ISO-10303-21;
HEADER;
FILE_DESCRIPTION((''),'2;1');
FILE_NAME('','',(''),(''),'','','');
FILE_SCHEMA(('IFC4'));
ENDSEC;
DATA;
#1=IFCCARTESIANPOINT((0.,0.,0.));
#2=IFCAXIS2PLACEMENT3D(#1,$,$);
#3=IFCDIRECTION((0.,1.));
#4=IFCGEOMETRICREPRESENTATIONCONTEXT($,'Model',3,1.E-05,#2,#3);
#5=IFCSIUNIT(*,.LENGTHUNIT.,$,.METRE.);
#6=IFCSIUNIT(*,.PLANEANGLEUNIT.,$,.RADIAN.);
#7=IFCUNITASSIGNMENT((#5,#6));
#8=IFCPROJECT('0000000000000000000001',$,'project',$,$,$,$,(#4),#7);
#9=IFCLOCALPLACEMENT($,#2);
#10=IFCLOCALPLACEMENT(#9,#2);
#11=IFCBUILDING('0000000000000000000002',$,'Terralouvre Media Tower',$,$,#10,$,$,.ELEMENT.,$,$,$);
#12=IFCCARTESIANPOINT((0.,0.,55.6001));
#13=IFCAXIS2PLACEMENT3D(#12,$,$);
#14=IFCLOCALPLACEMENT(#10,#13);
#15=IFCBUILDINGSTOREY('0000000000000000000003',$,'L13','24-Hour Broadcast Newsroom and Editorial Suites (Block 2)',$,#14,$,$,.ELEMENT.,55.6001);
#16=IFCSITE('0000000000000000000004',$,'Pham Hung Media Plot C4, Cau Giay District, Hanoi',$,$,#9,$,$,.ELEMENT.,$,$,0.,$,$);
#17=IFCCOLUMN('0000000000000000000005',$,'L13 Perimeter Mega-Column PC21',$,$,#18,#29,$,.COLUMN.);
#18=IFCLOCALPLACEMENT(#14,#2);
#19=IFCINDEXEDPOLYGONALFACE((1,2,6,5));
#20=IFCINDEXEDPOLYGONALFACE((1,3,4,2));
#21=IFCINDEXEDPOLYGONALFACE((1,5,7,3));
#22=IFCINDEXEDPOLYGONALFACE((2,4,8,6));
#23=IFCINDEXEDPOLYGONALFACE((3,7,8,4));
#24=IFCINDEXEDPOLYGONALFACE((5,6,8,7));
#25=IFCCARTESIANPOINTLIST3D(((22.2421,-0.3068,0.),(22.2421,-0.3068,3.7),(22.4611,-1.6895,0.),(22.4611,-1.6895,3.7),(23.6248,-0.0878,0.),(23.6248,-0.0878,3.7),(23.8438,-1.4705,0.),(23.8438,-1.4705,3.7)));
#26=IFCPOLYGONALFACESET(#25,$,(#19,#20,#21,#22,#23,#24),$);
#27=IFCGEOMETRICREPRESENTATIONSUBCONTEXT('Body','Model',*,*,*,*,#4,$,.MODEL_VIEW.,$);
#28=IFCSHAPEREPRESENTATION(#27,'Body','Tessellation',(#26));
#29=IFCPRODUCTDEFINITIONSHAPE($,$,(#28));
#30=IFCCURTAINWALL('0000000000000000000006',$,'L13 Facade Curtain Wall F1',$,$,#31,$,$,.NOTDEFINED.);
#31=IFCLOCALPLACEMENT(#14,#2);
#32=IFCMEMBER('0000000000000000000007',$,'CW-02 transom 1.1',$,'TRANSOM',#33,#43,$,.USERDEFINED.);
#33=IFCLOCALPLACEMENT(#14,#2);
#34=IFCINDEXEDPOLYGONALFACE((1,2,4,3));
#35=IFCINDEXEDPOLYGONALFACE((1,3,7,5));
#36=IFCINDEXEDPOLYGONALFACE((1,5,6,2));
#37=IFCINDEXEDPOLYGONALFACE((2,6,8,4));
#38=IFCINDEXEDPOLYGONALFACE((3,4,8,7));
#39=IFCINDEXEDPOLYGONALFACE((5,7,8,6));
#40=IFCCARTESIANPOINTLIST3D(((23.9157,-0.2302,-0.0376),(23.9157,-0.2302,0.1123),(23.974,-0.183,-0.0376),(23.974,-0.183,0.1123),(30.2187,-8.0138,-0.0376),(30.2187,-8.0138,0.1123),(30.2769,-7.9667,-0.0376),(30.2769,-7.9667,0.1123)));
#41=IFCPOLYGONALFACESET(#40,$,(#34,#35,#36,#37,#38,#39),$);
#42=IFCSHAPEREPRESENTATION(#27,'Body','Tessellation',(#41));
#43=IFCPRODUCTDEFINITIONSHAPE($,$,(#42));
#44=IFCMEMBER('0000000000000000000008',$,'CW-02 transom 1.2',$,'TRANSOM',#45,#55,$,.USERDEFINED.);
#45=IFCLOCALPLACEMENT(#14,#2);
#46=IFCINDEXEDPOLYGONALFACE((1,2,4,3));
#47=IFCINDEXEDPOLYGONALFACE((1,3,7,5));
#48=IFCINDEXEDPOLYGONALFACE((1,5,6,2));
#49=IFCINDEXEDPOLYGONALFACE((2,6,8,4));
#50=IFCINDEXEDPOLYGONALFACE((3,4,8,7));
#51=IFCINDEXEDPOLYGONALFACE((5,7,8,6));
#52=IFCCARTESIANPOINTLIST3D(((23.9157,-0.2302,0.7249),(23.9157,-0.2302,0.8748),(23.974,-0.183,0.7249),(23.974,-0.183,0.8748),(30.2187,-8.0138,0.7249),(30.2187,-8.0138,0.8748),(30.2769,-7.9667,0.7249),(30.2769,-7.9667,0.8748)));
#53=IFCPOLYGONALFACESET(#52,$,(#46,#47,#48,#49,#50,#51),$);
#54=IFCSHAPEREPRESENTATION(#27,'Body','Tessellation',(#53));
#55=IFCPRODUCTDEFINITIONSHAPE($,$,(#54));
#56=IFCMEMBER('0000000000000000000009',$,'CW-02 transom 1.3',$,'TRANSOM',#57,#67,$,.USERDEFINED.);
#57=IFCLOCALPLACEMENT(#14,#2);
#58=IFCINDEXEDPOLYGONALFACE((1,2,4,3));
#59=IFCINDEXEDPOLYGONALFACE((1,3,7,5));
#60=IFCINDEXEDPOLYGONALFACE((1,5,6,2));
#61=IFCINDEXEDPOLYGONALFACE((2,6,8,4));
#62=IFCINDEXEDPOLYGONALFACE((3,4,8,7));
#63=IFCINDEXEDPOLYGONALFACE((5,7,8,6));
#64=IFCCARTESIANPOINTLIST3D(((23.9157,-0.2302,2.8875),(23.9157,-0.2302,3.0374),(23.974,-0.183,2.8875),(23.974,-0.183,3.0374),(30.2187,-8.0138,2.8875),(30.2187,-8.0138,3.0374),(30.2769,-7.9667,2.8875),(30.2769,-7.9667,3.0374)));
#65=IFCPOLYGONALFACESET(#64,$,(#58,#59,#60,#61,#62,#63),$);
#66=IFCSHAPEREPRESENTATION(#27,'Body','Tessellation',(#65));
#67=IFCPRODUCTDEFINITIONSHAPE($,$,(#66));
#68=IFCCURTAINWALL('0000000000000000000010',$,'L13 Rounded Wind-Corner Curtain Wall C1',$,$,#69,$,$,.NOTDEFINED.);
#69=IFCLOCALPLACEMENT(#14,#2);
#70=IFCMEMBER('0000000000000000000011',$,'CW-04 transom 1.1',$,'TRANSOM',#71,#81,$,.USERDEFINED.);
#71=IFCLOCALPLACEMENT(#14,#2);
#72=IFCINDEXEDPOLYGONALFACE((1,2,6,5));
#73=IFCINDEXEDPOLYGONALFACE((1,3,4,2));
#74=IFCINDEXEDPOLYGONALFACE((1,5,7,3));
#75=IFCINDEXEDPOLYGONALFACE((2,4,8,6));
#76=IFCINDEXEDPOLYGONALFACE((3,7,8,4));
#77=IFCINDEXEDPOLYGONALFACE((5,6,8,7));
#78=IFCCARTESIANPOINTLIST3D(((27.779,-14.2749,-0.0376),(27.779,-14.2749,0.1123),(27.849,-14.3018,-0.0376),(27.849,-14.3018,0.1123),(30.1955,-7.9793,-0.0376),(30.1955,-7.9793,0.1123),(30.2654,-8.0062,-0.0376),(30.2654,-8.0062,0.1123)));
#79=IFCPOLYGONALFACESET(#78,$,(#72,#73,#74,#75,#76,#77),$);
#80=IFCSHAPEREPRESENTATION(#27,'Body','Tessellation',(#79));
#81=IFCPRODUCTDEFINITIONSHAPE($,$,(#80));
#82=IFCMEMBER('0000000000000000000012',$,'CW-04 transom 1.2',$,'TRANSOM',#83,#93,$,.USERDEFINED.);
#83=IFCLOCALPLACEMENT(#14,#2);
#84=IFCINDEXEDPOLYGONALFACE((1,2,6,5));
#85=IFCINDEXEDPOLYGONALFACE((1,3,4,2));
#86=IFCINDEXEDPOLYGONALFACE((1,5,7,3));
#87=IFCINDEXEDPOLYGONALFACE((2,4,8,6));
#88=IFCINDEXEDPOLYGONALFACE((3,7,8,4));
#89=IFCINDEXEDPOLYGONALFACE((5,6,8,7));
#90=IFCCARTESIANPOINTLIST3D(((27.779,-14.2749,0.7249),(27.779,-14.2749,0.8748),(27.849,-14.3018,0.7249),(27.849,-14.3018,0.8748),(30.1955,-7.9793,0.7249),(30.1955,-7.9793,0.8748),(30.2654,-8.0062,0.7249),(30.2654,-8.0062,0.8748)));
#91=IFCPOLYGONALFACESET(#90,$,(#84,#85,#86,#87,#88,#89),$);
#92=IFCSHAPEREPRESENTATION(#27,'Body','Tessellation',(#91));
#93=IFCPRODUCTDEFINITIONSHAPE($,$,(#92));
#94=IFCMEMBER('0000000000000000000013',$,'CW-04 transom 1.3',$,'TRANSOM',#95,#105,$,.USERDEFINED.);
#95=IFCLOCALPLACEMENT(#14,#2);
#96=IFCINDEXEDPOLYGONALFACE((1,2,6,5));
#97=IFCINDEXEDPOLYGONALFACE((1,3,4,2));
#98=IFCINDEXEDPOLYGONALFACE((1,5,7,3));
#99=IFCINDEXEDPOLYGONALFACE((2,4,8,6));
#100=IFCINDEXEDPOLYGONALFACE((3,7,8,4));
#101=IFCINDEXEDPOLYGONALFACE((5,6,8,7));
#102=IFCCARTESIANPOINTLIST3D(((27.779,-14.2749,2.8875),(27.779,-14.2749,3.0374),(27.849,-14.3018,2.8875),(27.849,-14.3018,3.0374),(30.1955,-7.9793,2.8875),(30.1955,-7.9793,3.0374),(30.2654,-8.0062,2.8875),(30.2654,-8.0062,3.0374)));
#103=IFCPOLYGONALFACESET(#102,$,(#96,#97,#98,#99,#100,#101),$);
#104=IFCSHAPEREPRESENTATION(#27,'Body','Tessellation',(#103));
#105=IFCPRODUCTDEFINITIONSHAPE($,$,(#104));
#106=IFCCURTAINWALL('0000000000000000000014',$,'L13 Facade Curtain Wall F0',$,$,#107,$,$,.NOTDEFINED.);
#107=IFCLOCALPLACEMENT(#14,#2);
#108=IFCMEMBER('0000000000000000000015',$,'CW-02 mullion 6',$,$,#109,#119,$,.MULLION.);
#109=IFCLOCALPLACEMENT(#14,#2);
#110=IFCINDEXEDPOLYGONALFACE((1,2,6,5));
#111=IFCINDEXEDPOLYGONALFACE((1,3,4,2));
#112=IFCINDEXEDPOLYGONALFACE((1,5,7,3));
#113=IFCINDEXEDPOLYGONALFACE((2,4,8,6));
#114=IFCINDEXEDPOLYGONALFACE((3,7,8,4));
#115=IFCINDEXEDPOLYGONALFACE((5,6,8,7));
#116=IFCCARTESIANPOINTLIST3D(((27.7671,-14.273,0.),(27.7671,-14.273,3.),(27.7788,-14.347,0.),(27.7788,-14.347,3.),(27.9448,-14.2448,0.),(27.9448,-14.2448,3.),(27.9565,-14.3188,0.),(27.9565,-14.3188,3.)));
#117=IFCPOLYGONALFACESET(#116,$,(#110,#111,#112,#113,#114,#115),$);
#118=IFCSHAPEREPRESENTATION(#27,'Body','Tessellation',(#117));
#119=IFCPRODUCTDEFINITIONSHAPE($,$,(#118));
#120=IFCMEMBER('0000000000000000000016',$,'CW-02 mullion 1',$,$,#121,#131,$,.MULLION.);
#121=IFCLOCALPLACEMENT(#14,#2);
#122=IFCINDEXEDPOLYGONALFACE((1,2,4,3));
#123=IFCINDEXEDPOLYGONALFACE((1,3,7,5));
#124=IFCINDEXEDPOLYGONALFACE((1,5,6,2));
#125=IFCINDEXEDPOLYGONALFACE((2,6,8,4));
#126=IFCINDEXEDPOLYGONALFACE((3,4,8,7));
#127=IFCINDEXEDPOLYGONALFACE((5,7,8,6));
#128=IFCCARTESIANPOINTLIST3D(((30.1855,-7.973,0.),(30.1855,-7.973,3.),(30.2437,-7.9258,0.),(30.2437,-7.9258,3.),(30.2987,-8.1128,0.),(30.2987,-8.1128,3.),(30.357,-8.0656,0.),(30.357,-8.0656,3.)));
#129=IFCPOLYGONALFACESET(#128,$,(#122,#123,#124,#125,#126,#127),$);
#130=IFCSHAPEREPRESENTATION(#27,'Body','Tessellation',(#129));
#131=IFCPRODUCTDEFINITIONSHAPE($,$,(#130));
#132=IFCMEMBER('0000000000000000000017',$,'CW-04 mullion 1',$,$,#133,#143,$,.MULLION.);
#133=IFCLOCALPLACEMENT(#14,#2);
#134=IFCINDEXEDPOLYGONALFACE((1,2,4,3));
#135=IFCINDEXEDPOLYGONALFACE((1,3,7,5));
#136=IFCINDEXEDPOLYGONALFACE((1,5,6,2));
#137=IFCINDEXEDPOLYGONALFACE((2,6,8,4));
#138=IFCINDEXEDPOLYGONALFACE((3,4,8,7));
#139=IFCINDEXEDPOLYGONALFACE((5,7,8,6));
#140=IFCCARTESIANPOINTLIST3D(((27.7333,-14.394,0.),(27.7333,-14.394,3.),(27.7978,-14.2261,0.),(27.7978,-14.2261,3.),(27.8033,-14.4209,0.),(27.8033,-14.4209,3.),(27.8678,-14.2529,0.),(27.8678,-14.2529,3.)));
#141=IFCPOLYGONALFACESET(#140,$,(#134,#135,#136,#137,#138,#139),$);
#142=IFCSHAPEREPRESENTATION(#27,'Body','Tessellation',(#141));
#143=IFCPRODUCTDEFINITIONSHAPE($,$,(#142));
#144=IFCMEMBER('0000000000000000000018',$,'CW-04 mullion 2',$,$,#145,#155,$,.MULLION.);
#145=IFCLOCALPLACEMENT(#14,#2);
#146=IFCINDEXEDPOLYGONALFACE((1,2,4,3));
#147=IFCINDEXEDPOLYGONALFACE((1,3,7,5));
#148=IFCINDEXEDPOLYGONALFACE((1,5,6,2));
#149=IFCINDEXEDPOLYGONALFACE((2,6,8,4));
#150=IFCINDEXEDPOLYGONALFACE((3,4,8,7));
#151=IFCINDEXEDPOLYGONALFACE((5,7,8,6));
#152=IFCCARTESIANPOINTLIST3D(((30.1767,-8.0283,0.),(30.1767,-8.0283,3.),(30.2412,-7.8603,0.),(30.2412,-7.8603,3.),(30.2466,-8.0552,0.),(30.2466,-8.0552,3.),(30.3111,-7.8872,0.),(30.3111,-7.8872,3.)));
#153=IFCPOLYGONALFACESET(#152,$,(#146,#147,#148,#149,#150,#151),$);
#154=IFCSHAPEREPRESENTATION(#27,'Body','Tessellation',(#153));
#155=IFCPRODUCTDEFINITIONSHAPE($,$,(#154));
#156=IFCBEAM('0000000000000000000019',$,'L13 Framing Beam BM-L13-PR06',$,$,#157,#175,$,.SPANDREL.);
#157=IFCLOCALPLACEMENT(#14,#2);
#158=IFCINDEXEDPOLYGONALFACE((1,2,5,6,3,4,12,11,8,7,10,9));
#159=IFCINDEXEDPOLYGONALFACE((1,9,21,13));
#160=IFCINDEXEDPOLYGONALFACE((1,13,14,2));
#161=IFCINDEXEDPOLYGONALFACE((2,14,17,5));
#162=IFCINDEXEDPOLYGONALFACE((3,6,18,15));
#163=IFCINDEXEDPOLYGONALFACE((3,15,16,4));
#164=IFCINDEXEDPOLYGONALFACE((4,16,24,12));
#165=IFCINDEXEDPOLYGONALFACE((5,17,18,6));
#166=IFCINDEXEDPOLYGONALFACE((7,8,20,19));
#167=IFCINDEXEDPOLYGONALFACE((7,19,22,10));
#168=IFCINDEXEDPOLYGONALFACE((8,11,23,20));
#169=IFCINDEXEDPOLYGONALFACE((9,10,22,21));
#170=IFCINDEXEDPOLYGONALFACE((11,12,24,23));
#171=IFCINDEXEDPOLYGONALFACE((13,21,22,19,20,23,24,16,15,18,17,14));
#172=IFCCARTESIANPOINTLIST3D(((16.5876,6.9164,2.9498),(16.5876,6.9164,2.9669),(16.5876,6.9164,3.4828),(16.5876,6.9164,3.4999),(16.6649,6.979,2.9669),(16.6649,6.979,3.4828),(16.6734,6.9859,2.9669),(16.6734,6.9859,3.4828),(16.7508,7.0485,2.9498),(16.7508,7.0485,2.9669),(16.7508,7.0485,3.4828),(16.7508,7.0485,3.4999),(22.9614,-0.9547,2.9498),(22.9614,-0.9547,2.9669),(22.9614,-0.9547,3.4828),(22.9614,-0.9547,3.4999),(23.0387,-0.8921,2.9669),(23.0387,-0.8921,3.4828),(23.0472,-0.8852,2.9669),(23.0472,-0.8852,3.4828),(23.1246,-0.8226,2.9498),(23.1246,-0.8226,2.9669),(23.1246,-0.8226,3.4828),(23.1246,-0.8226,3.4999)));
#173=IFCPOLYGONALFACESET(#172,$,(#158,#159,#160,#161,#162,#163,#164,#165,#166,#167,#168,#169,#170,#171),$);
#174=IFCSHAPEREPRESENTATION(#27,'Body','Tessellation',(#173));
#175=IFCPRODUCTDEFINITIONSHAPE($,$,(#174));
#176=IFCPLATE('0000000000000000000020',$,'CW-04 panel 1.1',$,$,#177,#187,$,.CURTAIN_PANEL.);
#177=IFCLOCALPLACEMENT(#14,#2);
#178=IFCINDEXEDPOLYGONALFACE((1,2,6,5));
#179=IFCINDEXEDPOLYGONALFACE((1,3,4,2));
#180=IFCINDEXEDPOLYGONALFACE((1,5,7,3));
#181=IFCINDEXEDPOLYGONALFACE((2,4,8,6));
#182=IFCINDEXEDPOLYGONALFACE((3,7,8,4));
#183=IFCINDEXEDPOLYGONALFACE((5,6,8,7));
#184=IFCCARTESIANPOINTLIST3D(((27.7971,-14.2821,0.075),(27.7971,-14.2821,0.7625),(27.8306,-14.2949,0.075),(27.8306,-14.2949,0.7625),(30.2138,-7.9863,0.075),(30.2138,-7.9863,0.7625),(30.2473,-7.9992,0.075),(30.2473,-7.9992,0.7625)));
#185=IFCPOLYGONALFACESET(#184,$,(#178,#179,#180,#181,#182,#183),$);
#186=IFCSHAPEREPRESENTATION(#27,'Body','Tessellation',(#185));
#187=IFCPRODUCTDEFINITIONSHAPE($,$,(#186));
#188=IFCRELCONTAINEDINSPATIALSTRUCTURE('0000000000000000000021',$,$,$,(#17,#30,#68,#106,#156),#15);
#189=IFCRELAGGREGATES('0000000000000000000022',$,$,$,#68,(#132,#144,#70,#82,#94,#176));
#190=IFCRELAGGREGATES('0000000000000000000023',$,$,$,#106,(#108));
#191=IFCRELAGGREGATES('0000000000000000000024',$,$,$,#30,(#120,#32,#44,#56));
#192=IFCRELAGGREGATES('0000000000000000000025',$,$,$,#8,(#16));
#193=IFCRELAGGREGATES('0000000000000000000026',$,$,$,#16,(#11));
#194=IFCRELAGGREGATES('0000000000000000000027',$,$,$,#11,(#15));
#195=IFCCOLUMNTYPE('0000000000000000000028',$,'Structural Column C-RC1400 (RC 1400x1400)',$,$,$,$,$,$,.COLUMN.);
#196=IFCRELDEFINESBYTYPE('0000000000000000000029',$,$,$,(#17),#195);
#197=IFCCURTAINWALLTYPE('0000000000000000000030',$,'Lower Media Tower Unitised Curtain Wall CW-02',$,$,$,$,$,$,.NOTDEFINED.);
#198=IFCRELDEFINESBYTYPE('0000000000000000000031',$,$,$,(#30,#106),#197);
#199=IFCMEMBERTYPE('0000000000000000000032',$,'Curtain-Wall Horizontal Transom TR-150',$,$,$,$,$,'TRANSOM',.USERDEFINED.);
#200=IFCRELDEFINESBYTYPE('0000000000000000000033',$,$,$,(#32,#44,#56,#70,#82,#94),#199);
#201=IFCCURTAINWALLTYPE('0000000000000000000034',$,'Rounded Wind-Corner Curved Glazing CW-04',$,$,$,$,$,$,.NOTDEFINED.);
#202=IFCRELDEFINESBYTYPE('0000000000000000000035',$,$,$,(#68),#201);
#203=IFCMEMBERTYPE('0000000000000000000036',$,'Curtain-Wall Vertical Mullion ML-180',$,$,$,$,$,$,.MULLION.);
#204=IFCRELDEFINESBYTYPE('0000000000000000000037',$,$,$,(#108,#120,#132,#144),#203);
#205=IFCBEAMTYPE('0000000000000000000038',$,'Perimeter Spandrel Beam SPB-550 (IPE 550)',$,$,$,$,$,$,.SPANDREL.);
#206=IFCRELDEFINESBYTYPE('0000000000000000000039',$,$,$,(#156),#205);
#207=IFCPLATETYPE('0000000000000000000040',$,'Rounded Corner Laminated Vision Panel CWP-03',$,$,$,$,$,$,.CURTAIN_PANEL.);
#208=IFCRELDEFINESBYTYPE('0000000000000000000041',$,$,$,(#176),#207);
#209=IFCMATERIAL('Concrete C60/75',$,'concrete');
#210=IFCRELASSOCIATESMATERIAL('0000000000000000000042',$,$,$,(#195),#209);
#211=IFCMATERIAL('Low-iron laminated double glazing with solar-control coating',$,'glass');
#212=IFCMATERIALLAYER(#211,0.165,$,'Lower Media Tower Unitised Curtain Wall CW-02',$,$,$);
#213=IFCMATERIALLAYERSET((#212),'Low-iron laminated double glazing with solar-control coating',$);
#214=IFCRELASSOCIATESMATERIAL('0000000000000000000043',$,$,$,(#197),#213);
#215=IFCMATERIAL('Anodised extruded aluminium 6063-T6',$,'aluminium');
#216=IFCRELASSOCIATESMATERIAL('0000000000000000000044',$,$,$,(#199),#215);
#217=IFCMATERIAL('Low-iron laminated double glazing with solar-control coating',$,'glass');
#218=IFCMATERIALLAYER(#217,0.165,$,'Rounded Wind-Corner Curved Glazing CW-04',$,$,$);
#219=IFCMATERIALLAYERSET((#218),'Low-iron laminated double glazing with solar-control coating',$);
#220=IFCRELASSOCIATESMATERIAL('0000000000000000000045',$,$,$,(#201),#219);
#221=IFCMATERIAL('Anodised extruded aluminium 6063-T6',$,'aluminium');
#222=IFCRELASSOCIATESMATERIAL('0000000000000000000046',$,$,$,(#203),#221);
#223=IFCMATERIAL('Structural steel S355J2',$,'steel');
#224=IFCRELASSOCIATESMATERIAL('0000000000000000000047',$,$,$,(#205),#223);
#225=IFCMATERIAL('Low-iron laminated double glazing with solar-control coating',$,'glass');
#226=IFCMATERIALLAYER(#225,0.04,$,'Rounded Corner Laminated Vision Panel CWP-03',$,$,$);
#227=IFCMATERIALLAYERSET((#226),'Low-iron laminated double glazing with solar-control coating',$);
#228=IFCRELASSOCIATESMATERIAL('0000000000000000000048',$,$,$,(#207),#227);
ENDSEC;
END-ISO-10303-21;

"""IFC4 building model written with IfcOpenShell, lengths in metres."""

from ifc_helpers import new_model, si_unit, direction, frame, origin, origin_2d, place, context, subcontext, project, spatial, rectangle, i_section, extrude, material, layer, layer_set, material_profile, profile_set, type_object, element, aggregate, save


model = new_model("IFC4")

# Units and contexts
model_context = context("Model", 3, precision=1e-05, world=origin(), true_north=direction((0.0, 1.0)))
body_context = subcontext(model_context, "Body", "Model", "MODEL_VIEW")
ifc_project = project(units=[si_unit("LENGTHUNIT", "METRE"), si_unit("PLANEANGLEUNIT", "RADIAN")], contexts=[model_context])

# Site, building, storey
site_placement = place(None, origin())
site = spatial("IfcSite", under=ifc_project, at=site_placement, Name="Pham Hung Media Plot C4, Cau Giay District, Hanoi", CompositionType="ELEMENT", RefElevation=0.0)
building_placement = place(site_placement, origin())
building = spatial("IfcBuilding", under=site, at=building_placement, Name="Terralouvre Media Tower", CompositionType="ELEMENT")
storey_placement = place(building_placement, frame((0.0, 0.0, 55.6001)))
storey = spatial("IfcBuildingStorey", under=building, at=storey_placement, Name="L13", Description="24-Hour Broadcast Newsroom and Editorial Suites (Block 2)", CompositionType="ELEMENT", Elevation=55.6001)

# Column
ifc_material_1 = material(Name="Concrete C60/75", Category="concrete")
ifc_material_profile_1 = material_profile(ifc_material_1, rectangle(XDim=1.3999, YDim=1.3999, at=origin_2d()), Name="RC 1400x1400")
ifc_profile_set_1 = profile_set([ifc_material_profile_1], Name="Concrete C60/75")
column_type = type_object("IfcColumnType", Name="Structural Column C-RC1400 (RC 1400x1400)", PredefinedType="COLUMN", material=ifc_profile_set_1)
column_placement = place(storey_placement, frame((23.043, -0.8887, 0.0), z_axis=(0.0, 0.0, 1.0), x_axis=(0.987688, 0.156434, 0.0)))
element("IfcColumn", 1, at=column_placement, inside=storey, type_object=column_type, Name="L13 Perimeter Mega-Column PC21", PredefinedType="COLUMN", context=body_context, shape_type="SweptSolid", body=[
    extrude(rectangle(XDim=1.3999, YDim=1.3999, at=origin_2d()), origin(), (0.0, 0.0, 1.0), 3.7),
])

# Curtain walls, members
ifc_material_2 = material(Name="Low-iron laminated double glazing with solar-control coating", Category="glass")
ifc_layer_1 = layer(ifc_material_2, 0.165, Name="Lower Media Tower Unitised Curtain Wall CW-02")
ifc_layer_set_1 = layer_set([ifc_layer_1], Name="Low-iron laminated double glazing with solar-control coating")
curtain_wall_type_1 = type_object("IfcCurtainWallType", Name="Lower Media Tower Unitised Curtain Wall CW-02", PredefinedType="NOTDEFINED", material=ifc_layer_set_1)
curtain_wall_1_placement = place(storey_placement, origin())
curtain_wall_1 = element("IfcCurtainWall", 2, at=curtain_wall_1_placement, inside=storey, type_object=curtain_wall_type_1, Name="L13 Facade Curtain Wall F1", PredefinedType="NOTDEFINED")
ifc_material_3 = material(Name="Anodised extruded aluminium 6063-T6", Category="aluminium")
ifc_material_profile_2 = material_profile(ifc_material_3, rectangle(XDim=0.075, YDim=0.1499, at=origin_2d()), Name="ALU 75x150")
ifc_profile_set_2 = profile_set([ifc_material_profile_2], Name="Anodised extruded aluminium 6063-T6")
member_type_1 = type_object("IfcMemberType", Name="Curtain-Wall Horizontal Transom TR-150", ElementType="TRANSOM", PredefinedType="USERDEFINED", material=ifc_profile_set_2)
member_1_placement = place(storey_placement, frame((30.2478, -7.9902, 0.0374), z_axis=(-0.629313, 0.777152, 0.0), x_axis=(-0.777152, -0.629313, 0.0)))
member_1 = element("IfcMember", 3, at=member_1_placement, type_object=member_type_1, Name="CW-02 transom 1.1", ObjectType="TRANSOM", PredefinedType="USERDEFINED", context=body_context, shape_type="SweptSolid", body=[
    extrude(rectangle(XDim=0.075, YDim=0.1499, at=origin_2d()), origin(), (0.0, 0.0, 1.0), 10.0156),
])
member_2_placement = place(storey_placement, frame((30.2478, -7.9902, 0.7998), z_axis=(-0.629313, 0.777152, 0.0), x_axis=(-0.777152, -0.629313, 0.0)))
member_2 = element("IfcMember", 4, at=member_2_placement, type_object=member_type_1, Name="CW-02 transom 1.2", ObjectType="TRANSOM", PredefinedType="USERDEFINED", context=body_context, shape_type="SweptSolid", body=[
    extrude(rectangle(XDim=0.075, YDim=0.1499, at=origin_2d()), origin(), (0.0, 0.0, 1.0), 10.0156),
])
member_3_placement = place(storey_placement, frame((30.2478, -7.9902, 2.9624), z_axis=(-0.629313, 0.777152, 0.0), x_axis=(-0.777152, -0.629313, 0.0)))
member_3 = element("IfcMember", 5, at=member_3_placement, type_object=member_type_1, Name="CW-02 transom 1.3", ObjectType="TRANSOM", PredefinedType="USERDEFINED", context=body_context, shape_type="SweptSolid", body=[
    extrude(rectangle(XDim=0.075, YDim=0.1499, at=origin_2d()), origin(), (0.0, 0.0, 1.0), 10.0156),
])
ifc_material_4 = material(Name="Low-iron laminated double glazing with solar-control coating", Category="glass")
ifc_layer_2 = layer(ifc_material_4, 0.165, Name="Rounded Wind-Corner Curved Glazing CW-04")
ifc_layer_set_2 = layer_set([ifc_layer_2], Name="Low-iron laminated double glazing with solar-control coating")
curtain_wall_type_2 = type_object("IfcCurtainWallType", Name="Rounded Wind-Corner Curved Glazing CW-04", PredefinedType="NOTDEFINED", material=ifc_layer_set_2)
curtain_wall_2_placement = place(storey_placement, origin())
curtain_wall_2 = element("IfcCurtainWall", 6, at=curtain_wall_2_placement, inside=storey, type_object=curtain_wall_type_2, Name="L13 Rounded Wind-Corner Curtain Wall C1", PredefinedType="NOTDEFINED")
member_4_placement = place(storey_placement, frame((27.814, -14.2883, 0.0374), z_axis=(0.358346, 0.933589, 0.0), x_axis=(-0.933589, 0.358346, 0.0)))
member_4 = element("IfcMember", 7, at=member_4_placement, type_object=member_type_1, Name="CW-04 transom 1.1", ObjectType="TRANSOM", PredefinedType="USERDEFINED", context=body_context, shape_type="SweptSolid", body=[
    extrude(rectangle(XDim=0.075, YDim=0.1499, at=origin_2d()), origin(), (0.0, 0.0, 1.0), 6.7434),
])
member_5_placement = place(storey_placement, frame((27.814, -14.2883, 0.7998), z_axis=(0.358346, 0.933589, 0.0), x_axis=(-0.933589, 0.358346, 0.0)))
member_5 = element("IfcMember", 8, at=member_5_placement, type_object=member_type_1, Name="CW-04 transom 1.2", ObjectType="TRANSOM", PredefinedType="USERDEFINED", context=body_context, shape_type="SweptSolid", body=[
    extrude(rectangle(XDim=0.075, YDim=0.1499, at=origin_2d()), origin(), (0.0, 0.0, 1.0), 6.7434),
])
member_6_placement = place(storey_placement, frame((27.814, -14.2883, 2.9624), z_axis=(0.358346, 0.933589, 0.0), x_axis=(-0.933589, 0.358346, 0.0)))
member_6 = element("IfcMember", 9, at=member_6_placement, type_object=member_type_1, Name="CW-04 transom 1.3", ObjectType="TRANSOM", PredefinedType="USERDEFINED", context=body_context, shape_type="SweptSolid", body=[
    extrude(rectangle(XDim=0.075, YDim=0.1499, at=origin_2d()), origin(), (0.0, 0.0, 1.0), 6.7434),
])

# Curtain wall, member
curtain_wall_3_placement = place(storey_placement, origin())
curtain_wall_3 = element("IfcCurtainWall", 10, at=curtain_wall_3_placement, inside=storey, type_object=curtain_wall_type_1, Name="L13 Facade Curtain Wall F0", PredefinedType="NOTDEFINED")
ifc_material_5 = material(Name="Anodised extruded aluminium 6063-T6", Category="aluminium")
ifc_material_profile_3 = material_profile(ifc_material_5, rectangle(XDim=0.075, YDim=0.1799, at=origin_2d()), Name="ALU 75x180")
ifc_profile_set_3 = profile_set([ifc_material_profile_3], Name="Anodised extruded aluminium 6063-T6")
member_type_2 = type_object("IfcMemberType", Name="Curtain-Wall Vertical Mullion ML-180", PredefinedType="MULLION", material=ifc_profile_set_3)
member_7_placement = place(storey_placement, frame((27.8618, -14.2959, 0.0), z_axis=(0.0, 0.0, 1.0), x_axis=(-0.156434, 0.987688, 0.0)))
member_7 = element("IfcMember", 11, at=member_7_placement, type_object=member_type_2, Name="CW-02 mullion 6", PredefinedType="MULLION", context=body_context, shape_type="SweptSolid", body=[
    extrude(rectangle(XDim=0.075, YDim=0.1799, at=origin_2d()), origin(), (0.0, 0.0, 1.0), 3.0),
])

# Members
member_8_placement = place(storey_placement, frame((30.2712, -8.0193, 0.0), z_axis=(0.0, 0.0, 1.0), x_axis=(-0.777146, -0.62932, 0.0)))
member_8 = element("IfcMember", 12, at=member_8_placement, type_object=member_type_2, Name="CW-02 mullion 1", PredefinedType="MULLION", context=body_context, shape_type="SweptSolid", body=[
    extrude(rectangle(XDim=0.075, YDim=0.1799, at=origin_2d()), origin(), (0.0, 0.0, 1.0), 3.0),
])
member_9_placement = place(storey_placement, frame((27.8005, -14.3235, 0.0), z_axis=(0.0, 0.0, 1.0), x_axis=(-0.933581, 0.358367, 0.0)))
member_9 = element("IfcMember", 13, at=member_9_placement, type_object=member_type_2, Name="CW-04 mullion 1", PredefinedType="MULLION", context=body_context, shape_type="SweptSolid", body=[
    extrude(rectangle(XDim=0.075, YDim=0.1799, at=origin_2d()), origin(), (0.0, 0.0, 1.0), 3.0),
])
member_10_placement = place(storey_placement, frame((30.2439, -7.9578, 0.0), z_axis=(0.0, 0.0, 1.0), x_axis=(-0.933581, 0.358367, 0.0)))
member_10 = element("IfcMember", 14, at=member_10_placement, type_object=member_type_2, Name="CW-04 mullion 2", PredefinedType="MULLION", context=body_context, shape_type="SweptSolid", body=[
    extrude(rectangle(XDim=0.075, YDim=0.1799, at=origin_2d()), origin(), (0.0, 0.0, 1.0), 3.0),
])

# Beam
ifc_material_6 = material(Name="Structural steel S355J2", Category="steel")
ifc_material_profile_4 = material_profile(ifc_material_6, i_section(OverallWidth=0.21, OverallDepth=0.55, WebThickness=0.011, FlangeThickness=0.0171, at=origin_2d()), Name="IPE 550")
ifc_profile_set_4 = profile_set([ifc_material_profile_4], Name="Structural steel S355J2")
beam_type = type_object("IfcBeamType", Name="Perimeter Spandrel Beam SPB-550 (IPE 550)", PredefinedType="SPANDREL", material=ifc_profile_set_4)
beam_placement = place(storey_placement, frame((23.043, -0.8887, 3.2249), z_axis=(-0.629314, 0.777151, 0.0), x_axis=(-0.777151, -0.629314, 0.0)))
element("IfcBeam", 15, at=beam_placement, inside=storey, type_object=beam_type, Name="L13 Framing Beam BM-L13-PR06", PredefinedType="SPANDREL", context=body_context, shape_type="SweptSolid", body=[
    extrude(i_section(OverallWidth=0.21, OverallDepth=0.55, WebThickness=0.011, FlangeThickness=0.0171, at=origin_2d()), origin(), (0.0, 0.0, 1.0), 10.1282),
])

# Plate
ifc_material_7 = material(Name="Low-iron laminated double glazing with solar-control coating", Category="glass")
ifc_layer_3 = layer(ifc_material_7, 0.04, Name="Rounded Corner Laminated Vision Panel CWP-03")
ifc_layer_set_3 = layer_set([ifc_layer_3], Name="Low-iron laminated double glazing with solar-control coating")
plate_type_1 = type_object("IfcPlateType", Name="Rounded Corner Laminated Vision Panel CWP-03", PredefinedType="CURTAIN_PANEL", material=ifc_layer_set_3)
plate_1_placement = place(storey_placement, frame((29.0222, -11.1406, 0.075), z_axis=(0.0, 0.0, 1.0), x_axis=(0.358367, 0.933581, 0.0)))
plate_1 = element("IfcPlate", 16, at=plate_1_placement, type_object=plate_type_1, Name="CW-04 panel 1.1", PredefinedType="CURTAIN_PANEL", context=body_context, shape_type="SweptSolid", body=[
    extrude(rectangle(XDim=6.7437, YDim=0.0359, at=origin_2d()), origin(), (0.0, 0.0, 1.0), 0.6875),
])
aggregate(curtain_wall_2, [member_9, member_10, member_4, member_5, member_6, plate_1])
aggregate(curtain_wall_3, [member_7])
aggregate(curtain_wall_1, [member_8, member_1, member_2, member_3])

save(model, "model.ifc")
